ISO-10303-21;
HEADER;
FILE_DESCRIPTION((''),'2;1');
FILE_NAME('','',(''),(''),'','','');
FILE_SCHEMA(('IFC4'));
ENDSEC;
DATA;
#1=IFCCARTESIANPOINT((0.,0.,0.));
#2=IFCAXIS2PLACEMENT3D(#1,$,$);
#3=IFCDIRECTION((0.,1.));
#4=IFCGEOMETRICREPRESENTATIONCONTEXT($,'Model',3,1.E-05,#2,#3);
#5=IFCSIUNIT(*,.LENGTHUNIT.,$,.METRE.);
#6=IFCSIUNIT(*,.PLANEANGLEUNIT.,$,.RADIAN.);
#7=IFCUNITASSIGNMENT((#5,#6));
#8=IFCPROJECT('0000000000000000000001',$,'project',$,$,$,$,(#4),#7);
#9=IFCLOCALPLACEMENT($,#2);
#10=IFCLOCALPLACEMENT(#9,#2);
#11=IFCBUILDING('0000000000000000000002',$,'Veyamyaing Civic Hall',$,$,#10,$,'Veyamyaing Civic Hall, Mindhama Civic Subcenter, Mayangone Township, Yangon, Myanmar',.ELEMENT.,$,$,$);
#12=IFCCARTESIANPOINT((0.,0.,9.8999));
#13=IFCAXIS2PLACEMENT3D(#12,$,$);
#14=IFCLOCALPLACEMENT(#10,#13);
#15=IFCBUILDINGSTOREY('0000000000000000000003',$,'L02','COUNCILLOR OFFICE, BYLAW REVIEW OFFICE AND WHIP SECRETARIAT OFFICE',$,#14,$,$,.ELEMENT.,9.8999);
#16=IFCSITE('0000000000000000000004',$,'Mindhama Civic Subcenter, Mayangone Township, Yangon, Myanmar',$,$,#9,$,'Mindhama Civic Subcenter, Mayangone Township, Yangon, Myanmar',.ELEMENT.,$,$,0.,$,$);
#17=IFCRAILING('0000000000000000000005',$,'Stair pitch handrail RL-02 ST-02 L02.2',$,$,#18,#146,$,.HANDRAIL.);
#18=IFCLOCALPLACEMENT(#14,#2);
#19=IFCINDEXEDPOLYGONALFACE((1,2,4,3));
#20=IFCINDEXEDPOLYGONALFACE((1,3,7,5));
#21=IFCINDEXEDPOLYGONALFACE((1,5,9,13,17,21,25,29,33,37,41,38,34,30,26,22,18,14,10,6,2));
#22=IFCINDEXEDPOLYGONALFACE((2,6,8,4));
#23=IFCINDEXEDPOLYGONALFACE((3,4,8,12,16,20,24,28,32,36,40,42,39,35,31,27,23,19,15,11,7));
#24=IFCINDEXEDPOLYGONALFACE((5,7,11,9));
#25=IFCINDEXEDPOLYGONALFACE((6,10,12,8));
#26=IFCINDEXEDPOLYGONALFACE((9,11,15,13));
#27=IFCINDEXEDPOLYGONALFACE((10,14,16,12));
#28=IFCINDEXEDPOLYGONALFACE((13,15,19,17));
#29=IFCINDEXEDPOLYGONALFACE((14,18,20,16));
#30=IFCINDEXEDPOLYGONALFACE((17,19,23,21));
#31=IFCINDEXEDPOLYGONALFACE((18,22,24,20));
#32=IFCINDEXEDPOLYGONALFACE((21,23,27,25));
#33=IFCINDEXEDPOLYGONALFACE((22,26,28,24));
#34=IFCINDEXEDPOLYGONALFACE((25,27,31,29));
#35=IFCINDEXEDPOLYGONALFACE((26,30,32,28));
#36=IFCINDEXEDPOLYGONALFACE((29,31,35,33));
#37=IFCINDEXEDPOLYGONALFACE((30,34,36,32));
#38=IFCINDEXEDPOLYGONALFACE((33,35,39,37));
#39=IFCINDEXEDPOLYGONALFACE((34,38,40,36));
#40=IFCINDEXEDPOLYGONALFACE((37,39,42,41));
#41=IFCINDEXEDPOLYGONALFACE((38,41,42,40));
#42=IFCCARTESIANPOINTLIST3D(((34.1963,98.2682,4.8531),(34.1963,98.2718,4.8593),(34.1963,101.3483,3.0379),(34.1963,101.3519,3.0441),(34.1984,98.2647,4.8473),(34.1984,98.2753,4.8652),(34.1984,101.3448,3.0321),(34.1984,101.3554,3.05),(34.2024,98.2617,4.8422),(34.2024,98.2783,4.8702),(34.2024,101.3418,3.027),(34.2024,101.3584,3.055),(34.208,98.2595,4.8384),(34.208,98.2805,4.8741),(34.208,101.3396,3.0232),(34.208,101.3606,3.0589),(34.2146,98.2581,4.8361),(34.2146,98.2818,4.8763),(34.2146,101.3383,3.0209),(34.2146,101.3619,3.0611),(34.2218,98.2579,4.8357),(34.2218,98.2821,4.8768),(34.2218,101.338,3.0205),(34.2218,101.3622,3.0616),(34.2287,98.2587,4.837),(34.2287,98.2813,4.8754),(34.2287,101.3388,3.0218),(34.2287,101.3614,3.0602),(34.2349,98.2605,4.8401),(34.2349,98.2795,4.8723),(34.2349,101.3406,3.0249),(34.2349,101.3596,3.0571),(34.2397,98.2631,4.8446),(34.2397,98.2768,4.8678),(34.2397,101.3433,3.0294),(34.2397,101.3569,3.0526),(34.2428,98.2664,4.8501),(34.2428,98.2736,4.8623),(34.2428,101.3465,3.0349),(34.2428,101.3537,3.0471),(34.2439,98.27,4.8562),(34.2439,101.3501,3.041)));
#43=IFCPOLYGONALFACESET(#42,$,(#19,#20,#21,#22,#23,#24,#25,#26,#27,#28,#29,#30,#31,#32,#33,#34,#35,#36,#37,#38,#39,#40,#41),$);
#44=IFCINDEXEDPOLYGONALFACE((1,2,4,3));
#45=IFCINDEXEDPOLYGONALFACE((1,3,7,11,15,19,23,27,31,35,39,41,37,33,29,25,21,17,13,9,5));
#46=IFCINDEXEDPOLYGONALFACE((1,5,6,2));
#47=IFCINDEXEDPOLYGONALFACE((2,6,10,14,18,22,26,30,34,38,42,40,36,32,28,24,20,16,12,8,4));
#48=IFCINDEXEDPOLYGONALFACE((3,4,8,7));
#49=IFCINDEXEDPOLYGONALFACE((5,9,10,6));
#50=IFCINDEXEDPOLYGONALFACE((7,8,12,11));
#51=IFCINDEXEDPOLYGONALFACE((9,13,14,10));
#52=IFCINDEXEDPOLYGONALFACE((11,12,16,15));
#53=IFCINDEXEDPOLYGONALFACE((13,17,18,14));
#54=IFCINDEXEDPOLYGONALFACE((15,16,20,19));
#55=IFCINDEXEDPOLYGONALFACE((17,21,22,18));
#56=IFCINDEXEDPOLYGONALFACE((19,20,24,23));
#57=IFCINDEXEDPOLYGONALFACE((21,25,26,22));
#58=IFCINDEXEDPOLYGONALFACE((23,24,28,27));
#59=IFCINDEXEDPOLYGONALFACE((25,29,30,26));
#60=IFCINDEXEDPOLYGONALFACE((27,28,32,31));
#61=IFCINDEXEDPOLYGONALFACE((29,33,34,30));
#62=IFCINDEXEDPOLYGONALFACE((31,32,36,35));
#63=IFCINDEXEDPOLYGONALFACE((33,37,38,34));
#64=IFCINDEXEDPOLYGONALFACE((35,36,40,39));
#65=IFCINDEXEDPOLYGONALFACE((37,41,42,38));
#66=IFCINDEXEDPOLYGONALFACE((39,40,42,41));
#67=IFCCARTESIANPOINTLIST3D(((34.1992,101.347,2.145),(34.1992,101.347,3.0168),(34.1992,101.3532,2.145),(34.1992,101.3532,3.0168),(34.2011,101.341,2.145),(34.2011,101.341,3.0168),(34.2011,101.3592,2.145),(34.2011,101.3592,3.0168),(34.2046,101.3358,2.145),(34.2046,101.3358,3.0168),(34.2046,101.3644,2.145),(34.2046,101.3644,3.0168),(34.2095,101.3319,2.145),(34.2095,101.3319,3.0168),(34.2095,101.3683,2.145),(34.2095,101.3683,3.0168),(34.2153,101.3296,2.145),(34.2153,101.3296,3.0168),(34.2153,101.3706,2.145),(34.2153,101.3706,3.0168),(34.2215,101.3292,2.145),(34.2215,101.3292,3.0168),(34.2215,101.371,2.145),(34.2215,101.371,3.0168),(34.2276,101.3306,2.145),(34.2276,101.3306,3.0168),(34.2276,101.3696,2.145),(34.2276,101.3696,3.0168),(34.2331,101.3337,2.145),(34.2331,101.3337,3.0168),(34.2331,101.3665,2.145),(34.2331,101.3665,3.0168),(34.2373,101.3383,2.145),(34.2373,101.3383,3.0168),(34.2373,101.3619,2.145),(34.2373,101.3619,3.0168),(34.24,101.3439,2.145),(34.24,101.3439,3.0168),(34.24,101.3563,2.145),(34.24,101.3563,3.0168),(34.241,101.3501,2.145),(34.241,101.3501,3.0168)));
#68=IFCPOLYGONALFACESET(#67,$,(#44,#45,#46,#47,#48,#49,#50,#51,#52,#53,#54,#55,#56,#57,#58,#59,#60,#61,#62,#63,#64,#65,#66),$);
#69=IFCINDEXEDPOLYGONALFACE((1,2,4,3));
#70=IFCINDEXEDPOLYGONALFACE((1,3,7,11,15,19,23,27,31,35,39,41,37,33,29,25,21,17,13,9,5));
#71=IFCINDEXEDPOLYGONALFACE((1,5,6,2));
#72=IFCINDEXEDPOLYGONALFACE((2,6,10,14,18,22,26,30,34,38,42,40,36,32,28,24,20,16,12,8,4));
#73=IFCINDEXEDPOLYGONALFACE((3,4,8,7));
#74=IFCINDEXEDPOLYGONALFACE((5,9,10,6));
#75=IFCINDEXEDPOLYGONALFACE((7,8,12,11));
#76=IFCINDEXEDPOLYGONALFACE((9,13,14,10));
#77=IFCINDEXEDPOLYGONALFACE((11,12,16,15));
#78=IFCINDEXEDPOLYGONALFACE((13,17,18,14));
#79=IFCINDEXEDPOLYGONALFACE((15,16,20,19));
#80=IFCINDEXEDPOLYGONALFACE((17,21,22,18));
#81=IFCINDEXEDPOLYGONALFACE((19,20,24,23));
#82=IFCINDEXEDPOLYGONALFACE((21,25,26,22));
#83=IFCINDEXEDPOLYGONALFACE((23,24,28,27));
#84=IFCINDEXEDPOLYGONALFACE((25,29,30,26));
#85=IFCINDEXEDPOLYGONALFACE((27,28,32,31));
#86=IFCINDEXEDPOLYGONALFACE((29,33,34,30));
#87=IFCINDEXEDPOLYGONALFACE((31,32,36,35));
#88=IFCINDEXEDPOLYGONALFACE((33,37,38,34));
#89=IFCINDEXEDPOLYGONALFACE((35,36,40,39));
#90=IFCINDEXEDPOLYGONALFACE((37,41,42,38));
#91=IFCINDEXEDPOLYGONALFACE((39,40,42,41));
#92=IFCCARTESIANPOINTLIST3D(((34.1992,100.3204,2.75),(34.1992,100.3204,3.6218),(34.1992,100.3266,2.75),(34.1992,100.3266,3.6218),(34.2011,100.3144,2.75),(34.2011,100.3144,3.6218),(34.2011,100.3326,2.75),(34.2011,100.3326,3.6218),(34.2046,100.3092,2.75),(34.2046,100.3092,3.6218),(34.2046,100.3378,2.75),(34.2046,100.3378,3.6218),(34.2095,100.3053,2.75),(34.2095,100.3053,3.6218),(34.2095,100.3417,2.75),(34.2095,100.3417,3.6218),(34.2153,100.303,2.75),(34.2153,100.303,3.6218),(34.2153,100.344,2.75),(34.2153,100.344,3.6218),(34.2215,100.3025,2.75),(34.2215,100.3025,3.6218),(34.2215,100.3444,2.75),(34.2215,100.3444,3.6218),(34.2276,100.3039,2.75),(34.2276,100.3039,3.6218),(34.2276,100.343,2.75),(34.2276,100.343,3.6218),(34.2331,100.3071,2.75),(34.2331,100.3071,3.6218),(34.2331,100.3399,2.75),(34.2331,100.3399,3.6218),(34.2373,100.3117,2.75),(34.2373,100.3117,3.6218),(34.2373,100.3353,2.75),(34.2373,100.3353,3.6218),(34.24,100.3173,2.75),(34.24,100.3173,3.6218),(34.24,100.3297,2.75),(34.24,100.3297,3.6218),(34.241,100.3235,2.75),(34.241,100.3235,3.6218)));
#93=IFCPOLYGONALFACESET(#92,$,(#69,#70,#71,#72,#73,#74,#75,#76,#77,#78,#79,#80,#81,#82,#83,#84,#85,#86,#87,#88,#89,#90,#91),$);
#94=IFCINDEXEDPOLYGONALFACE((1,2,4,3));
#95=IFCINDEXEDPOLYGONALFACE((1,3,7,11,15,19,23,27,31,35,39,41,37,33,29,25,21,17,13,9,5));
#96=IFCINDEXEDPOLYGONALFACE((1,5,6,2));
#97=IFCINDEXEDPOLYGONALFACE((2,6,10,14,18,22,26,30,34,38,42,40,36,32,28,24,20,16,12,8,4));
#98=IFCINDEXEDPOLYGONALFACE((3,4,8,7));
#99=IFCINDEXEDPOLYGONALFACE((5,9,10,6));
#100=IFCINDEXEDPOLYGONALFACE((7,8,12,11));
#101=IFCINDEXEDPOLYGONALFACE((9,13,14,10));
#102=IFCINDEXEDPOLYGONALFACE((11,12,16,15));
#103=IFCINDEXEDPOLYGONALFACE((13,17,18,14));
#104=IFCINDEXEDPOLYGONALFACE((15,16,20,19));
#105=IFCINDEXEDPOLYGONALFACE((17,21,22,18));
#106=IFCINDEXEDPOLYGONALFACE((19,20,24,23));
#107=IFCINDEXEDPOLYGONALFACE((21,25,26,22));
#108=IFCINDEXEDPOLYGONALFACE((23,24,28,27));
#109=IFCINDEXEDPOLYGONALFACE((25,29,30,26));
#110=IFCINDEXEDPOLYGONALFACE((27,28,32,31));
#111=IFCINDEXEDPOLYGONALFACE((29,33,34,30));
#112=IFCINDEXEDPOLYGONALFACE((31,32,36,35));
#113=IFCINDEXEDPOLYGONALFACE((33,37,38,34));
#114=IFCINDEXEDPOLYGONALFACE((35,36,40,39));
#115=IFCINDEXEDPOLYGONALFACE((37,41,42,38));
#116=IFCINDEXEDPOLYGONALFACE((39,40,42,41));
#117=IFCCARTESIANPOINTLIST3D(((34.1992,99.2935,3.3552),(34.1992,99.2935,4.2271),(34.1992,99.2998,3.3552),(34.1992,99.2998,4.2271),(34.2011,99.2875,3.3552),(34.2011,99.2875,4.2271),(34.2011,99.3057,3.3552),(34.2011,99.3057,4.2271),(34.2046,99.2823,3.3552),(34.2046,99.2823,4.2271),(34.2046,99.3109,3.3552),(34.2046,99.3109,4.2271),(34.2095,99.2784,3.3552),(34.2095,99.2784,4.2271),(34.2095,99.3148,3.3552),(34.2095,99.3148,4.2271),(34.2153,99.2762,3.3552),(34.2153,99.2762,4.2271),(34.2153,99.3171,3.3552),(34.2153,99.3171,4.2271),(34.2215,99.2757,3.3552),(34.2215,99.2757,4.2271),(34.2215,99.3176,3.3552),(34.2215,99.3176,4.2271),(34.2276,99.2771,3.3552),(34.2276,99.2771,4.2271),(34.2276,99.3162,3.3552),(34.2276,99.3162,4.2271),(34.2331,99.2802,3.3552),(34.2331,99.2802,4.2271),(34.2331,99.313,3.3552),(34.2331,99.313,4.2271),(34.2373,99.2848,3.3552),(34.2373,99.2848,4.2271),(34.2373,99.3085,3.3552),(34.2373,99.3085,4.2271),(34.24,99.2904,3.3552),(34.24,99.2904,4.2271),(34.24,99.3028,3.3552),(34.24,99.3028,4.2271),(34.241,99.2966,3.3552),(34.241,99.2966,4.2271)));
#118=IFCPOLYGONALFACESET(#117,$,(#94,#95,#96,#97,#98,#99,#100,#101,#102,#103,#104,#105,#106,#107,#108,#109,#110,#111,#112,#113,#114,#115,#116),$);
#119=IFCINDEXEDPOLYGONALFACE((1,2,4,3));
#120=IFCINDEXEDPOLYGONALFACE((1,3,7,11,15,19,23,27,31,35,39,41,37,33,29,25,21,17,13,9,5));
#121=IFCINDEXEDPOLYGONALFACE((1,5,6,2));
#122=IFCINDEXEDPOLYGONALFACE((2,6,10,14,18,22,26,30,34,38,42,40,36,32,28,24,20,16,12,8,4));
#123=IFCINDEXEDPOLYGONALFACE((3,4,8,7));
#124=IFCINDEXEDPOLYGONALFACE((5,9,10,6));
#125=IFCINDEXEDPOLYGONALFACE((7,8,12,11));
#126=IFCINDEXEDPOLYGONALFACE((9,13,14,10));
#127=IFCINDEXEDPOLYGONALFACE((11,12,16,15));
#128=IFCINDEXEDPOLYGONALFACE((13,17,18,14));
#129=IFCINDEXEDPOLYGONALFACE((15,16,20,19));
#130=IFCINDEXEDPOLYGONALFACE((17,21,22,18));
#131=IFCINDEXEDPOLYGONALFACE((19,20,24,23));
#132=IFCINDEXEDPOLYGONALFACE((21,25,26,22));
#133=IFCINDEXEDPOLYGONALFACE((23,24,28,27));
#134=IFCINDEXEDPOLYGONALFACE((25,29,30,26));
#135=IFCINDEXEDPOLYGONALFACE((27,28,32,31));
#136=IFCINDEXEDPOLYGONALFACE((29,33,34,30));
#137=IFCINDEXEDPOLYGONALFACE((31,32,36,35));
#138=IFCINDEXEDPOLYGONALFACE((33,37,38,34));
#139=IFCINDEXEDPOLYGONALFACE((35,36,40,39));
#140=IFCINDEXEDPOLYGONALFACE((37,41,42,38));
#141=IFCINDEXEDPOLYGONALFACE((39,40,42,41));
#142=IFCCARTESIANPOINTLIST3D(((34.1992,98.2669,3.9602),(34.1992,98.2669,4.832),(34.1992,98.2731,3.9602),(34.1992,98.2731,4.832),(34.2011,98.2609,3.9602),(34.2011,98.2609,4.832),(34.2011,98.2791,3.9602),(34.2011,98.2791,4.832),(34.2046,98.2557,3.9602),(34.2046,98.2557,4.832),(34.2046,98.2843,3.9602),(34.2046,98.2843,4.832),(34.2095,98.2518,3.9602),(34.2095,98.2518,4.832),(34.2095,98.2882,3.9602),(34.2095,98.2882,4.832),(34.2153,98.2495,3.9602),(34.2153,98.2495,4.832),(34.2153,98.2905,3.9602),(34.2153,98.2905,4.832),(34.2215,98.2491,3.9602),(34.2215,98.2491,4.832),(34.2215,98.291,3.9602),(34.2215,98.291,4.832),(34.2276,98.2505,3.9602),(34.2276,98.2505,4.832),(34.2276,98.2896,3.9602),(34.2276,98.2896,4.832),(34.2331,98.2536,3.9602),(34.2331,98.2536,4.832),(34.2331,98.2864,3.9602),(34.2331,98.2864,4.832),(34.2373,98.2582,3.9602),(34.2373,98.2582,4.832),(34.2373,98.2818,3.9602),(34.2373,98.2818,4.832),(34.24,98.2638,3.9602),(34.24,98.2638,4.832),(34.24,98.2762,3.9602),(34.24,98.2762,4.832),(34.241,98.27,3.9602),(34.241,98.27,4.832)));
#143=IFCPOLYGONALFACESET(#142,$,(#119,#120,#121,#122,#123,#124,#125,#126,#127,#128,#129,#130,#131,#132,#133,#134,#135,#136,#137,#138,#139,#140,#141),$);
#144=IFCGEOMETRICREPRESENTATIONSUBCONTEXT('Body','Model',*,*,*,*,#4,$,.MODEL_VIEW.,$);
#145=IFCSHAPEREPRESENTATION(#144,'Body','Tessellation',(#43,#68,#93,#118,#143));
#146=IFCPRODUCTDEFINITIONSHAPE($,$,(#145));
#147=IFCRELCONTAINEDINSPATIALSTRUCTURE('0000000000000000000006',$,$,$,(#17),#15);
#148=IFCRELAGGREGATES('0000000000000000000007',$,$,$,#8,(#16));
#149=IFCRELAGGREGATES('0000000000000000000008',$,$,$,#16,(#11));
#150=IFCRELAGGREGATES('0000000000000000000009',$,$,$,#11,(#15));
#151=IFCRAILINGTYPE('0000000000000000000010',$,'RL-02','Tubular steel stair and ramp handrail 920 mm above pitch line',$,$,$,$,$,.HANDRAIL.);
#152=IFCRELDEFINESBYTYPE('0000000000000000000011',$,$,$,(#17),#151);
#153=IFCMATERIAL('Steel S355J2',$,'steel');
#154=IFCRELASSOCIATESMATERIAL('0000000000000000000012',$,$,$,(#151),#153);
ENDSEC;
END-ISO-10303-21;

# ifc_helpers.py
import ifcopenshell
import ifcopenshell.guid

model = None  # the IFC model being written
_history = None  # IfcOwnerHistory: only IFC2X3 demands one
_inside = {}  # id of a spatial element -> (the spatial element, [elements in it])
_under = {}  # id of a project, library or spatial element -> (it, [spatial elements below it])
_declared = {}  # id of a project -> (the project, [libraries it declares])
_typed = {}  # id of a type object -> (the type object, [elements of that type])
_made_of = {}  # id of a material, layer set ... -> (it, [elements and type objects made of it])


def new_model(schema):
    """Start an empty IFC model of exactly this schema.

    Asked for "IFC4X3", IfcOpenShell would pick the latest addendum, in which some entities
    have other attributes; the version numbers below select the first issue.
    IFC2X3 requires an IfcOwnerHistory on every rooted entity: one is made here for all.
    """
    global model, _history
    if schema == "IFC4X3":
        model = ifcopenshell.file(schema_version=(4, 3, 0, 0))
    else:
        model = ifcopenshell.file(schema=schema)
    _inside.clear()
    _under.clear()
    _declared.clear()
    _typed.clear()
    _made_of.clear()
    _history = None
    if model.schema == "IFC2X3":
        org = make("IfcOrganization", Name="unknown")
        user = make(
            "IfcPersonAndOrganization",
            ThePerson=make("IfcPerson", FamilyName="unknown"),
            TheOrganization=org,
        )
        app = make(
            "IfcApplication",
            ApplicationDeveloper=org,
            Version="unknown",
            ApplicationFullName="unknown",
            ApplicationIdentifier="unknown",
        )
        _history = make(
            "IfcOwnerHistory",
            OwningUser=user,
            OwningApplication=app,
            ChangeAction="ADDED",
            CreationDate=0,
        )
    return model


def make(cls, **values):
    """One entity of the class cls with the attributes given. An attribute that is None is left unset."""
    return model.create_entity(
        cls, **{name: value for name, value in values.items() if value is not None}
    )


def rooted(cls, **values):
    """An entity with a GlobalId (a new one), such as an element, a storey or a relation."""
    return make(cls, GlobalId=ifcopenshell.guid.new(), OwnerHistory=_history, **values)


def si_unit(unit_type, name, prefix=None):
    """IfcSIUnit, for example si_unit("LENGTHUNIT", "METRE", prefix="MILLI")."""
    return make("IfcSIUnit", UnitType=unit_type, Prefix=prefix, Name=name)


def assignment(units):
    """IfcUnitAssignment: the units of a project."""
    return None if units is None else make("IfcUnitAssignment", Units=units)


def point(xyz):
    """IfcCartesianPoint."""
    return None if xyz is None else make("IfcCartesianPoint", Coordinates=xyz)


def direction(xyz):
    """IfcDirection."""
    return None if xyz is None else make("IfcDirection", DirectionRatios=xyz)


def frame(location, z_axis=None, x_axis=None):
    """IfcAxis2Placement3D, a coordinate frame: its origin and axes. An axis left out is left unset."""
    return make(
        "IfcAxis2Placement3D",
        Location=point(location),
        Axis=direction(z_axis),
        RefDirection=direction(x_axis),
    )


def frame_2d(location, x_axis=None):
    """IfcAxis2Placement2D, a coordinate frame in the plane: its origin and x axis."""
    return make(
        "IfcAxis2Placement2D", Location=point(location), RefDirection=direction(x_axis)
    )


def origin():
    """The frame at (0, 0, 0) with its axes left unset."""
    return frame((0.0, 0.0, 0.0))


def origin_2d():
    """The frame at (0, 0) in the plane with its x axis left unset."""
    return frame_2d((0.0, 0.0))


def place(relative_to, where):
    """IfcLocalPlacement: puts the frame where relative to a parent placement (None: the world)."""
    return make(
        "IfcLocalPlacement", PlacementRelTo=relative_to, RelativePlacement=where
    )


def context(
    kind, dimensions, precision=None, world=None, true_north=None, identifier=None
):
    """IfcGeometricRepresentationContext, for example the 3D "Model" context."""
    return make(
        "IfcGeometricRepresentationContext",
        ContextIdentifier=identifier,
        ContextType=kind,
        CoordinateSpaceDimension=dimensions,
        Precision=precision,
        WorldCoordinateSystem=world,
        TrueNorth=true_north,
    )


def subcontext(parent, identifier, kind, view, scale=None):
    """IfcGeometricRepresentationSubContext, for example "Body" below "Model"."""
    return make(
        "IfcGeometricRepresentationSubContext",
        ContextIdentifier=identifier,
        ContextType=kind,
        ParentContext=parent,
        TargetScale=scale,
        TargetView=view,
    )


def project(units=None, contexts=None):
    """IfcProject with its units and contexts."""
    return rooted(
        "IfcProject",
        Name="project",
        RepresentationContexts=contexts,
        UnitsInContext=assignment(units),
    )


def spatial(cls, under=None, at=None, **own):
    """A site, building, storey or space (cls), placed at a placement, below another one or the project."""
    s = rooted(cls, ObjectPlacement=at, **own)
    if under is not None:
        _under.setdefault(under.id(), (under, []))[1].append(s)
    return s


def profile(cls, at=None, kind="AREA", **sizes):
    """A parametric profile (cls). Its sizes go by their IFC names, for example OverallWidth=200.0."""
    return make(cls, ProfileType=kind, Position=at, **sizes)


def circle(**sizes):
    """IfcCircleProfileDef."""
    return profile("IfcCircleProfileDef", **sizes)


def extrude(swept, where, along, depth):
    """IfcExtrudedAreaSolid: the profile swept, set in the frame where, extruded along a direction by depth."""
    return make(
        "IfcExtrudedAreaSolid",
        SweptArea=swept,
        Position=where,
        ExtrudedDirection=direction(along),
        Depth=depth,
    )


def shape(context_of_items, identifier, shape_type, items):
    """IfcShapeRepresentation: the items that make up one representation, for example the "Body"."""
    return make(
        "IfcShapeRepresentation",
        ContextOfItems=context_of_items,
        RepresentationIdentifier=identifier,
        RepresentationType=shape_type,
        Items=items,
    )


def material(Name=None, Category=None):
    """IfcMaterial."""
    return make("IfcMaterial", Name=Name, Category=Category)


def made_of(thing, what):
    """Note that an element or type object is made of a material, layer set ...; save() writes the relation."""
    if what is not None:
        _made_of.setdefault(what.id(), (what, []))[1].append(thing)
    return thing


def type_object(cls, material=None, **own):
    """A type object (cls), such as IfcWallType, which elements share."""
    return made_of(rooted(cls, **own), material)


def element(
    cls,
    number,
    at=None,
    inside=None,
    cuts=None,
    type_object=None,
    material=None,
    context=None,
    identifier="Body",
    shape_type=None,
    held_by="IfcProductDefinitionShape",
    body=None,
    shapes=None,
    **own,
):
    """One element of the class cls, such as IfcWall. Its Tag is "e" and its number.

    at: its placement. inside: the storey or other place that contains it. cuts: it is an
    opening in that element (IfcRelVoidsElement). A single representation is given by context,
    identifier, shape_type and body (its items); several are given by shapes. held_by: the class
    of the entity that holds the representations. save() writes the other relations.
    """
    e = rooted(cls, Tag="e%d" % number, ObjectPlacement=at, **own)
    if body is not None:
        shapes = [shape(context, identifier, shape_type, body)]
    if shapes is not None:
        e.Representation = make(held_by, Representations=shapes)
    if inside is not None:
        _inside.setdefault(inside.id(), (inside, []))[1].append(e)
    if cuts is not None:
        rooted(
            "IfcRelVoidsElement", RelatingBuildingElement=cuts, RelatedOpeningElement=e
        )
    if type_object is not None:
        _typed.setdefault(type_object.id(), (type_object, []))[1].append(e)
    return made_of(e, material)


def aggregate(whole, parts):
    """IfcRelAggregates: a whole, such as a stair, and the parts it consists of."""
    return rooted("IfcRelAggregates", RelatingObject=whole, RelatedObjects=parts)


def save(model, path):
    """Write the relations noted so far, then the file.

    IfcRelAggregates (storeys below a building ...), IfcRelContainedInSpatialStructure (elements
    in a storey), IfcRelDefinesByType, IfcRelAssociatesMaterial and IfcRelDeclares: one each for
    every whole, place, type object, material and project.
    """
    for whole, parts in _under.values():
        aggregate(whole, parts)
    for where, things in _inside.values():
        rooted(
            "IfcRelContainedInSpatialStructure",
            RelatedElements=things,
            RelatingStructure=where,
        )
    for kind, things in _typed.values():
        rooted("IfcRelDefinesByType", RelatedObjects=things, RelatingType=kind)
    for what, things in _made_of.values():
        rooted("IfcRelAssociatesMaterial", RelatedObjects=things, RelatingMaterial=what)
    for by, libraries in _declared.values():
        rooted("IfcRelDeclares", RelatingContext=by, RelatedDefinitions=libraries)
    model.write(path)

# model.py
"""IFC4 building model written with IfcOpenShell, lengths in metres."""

from ifc_helpers import new_model, si_unit, direction, frame, origin, origin_2d, place, context, subcontext, project, spatial, circle, extrude, material, type_object, element, save


model = new_model("IFC4")

# Units and contexts
model_context = context("Model", 3, precision=1e-05, world=origin(), true_north=direction((0.0, 1.0)))
body_context = subcontext(model_context, "Body", "Model", "MODEL_VIEW")
ifc_project = project(units=[si_unit("LENGTHUNIT", "METRE"), si_unit("PLANEANGLEUNIT", "RADIAN")], contexts=[model_context])

# Site, building, storey
site_placement = place(None, origin())
site = spatial("IfcSite", under=ifc_project, at=site_placement, Name="Mindhama Civic Subcenter, Mayangone Township, Yangon, Myanmar", LongName="Mindhama Civic Subcenter, Mayangone Township, Yangon, Myanmar", CompositionType="ELEMENT", RefElevation=0.0)
building_placement = place(site_placement, origin())
building = spatial("IfcBuilding", under=site, at=building_placement, Name="Veyamyaing Civic Hall", LongName="Veyamyaing Civic Hall, Mindhama Civic Subcenter, Mayangone Township, Yangon, Myanmar", CompositionType="ELEMENT")
storey_placement = place(building_placement, frame((0.0, 0.0, 9.8999)))
storey = spatial("IfcBuildingStorey", under=building, at=storey_placement, Name="L02", Description="COUNCILLOR OFFICE, BYLAW REVIEW OFFICE AND WHIP SECRETARIAT OFFICE", CompositionType="ELEMENT", Elevation=9.8999)

# Railing
ifc_material_1 = material(Name="Steel S355J2", Category="steel")
railing_type_1 = type_object("IfcRailingType", Name="RL-02", Description="Tubular steel stair and ramp handrail 920 mm above pitch line", PredefinedType="HANDRAIL", material=ifc_material_1)
railing_1_placement = place(storey_placement, frame((34.22, 101.3501, 2.145)))
element("IfcRailing", 1, at=railing_1_placement, inside=storey, type_object=railing_type_1, Name="Stair pitch handrail RL-02 ST-02 L02.2", PredefinedType="HANDRAIL", context=body_context, shape_type="SweptSolid", body=[
    extrude(circle(Radius=0.0239, at=origin_2d()), frame((0.0, 0.0, 0.896), z_axis=(0.0, -0.861521, 0.507721), x_axis=(1.0, 0.0, 0.0)), (0.0, 0.0, 1.0), 3.5752),
    extrude(circle(Radius=0.021, at=origin_2d()), origin(), (0.0, 0.0, 1.0), 0.8718),
    extrude(circle(Radius=0.021, at=origin_2d()), frame((0.0, -1.0266, 0.605)), (0.0, 0.0, 1.0), 0.8718),
    extrude(circle(Radius=0.021, at=origin_2d()), frame((0.0, -2.0535, 1.2102)), (0.0, 0.0, 1.0), 0.8718),
    extrude(circle(Radius=0.021, at=origin_2d()), frame((0.0, -3.0801, 1.8152)), (0.0, 0.0, 1.0), 0.8718),
])

save(model, "model.ifc")
